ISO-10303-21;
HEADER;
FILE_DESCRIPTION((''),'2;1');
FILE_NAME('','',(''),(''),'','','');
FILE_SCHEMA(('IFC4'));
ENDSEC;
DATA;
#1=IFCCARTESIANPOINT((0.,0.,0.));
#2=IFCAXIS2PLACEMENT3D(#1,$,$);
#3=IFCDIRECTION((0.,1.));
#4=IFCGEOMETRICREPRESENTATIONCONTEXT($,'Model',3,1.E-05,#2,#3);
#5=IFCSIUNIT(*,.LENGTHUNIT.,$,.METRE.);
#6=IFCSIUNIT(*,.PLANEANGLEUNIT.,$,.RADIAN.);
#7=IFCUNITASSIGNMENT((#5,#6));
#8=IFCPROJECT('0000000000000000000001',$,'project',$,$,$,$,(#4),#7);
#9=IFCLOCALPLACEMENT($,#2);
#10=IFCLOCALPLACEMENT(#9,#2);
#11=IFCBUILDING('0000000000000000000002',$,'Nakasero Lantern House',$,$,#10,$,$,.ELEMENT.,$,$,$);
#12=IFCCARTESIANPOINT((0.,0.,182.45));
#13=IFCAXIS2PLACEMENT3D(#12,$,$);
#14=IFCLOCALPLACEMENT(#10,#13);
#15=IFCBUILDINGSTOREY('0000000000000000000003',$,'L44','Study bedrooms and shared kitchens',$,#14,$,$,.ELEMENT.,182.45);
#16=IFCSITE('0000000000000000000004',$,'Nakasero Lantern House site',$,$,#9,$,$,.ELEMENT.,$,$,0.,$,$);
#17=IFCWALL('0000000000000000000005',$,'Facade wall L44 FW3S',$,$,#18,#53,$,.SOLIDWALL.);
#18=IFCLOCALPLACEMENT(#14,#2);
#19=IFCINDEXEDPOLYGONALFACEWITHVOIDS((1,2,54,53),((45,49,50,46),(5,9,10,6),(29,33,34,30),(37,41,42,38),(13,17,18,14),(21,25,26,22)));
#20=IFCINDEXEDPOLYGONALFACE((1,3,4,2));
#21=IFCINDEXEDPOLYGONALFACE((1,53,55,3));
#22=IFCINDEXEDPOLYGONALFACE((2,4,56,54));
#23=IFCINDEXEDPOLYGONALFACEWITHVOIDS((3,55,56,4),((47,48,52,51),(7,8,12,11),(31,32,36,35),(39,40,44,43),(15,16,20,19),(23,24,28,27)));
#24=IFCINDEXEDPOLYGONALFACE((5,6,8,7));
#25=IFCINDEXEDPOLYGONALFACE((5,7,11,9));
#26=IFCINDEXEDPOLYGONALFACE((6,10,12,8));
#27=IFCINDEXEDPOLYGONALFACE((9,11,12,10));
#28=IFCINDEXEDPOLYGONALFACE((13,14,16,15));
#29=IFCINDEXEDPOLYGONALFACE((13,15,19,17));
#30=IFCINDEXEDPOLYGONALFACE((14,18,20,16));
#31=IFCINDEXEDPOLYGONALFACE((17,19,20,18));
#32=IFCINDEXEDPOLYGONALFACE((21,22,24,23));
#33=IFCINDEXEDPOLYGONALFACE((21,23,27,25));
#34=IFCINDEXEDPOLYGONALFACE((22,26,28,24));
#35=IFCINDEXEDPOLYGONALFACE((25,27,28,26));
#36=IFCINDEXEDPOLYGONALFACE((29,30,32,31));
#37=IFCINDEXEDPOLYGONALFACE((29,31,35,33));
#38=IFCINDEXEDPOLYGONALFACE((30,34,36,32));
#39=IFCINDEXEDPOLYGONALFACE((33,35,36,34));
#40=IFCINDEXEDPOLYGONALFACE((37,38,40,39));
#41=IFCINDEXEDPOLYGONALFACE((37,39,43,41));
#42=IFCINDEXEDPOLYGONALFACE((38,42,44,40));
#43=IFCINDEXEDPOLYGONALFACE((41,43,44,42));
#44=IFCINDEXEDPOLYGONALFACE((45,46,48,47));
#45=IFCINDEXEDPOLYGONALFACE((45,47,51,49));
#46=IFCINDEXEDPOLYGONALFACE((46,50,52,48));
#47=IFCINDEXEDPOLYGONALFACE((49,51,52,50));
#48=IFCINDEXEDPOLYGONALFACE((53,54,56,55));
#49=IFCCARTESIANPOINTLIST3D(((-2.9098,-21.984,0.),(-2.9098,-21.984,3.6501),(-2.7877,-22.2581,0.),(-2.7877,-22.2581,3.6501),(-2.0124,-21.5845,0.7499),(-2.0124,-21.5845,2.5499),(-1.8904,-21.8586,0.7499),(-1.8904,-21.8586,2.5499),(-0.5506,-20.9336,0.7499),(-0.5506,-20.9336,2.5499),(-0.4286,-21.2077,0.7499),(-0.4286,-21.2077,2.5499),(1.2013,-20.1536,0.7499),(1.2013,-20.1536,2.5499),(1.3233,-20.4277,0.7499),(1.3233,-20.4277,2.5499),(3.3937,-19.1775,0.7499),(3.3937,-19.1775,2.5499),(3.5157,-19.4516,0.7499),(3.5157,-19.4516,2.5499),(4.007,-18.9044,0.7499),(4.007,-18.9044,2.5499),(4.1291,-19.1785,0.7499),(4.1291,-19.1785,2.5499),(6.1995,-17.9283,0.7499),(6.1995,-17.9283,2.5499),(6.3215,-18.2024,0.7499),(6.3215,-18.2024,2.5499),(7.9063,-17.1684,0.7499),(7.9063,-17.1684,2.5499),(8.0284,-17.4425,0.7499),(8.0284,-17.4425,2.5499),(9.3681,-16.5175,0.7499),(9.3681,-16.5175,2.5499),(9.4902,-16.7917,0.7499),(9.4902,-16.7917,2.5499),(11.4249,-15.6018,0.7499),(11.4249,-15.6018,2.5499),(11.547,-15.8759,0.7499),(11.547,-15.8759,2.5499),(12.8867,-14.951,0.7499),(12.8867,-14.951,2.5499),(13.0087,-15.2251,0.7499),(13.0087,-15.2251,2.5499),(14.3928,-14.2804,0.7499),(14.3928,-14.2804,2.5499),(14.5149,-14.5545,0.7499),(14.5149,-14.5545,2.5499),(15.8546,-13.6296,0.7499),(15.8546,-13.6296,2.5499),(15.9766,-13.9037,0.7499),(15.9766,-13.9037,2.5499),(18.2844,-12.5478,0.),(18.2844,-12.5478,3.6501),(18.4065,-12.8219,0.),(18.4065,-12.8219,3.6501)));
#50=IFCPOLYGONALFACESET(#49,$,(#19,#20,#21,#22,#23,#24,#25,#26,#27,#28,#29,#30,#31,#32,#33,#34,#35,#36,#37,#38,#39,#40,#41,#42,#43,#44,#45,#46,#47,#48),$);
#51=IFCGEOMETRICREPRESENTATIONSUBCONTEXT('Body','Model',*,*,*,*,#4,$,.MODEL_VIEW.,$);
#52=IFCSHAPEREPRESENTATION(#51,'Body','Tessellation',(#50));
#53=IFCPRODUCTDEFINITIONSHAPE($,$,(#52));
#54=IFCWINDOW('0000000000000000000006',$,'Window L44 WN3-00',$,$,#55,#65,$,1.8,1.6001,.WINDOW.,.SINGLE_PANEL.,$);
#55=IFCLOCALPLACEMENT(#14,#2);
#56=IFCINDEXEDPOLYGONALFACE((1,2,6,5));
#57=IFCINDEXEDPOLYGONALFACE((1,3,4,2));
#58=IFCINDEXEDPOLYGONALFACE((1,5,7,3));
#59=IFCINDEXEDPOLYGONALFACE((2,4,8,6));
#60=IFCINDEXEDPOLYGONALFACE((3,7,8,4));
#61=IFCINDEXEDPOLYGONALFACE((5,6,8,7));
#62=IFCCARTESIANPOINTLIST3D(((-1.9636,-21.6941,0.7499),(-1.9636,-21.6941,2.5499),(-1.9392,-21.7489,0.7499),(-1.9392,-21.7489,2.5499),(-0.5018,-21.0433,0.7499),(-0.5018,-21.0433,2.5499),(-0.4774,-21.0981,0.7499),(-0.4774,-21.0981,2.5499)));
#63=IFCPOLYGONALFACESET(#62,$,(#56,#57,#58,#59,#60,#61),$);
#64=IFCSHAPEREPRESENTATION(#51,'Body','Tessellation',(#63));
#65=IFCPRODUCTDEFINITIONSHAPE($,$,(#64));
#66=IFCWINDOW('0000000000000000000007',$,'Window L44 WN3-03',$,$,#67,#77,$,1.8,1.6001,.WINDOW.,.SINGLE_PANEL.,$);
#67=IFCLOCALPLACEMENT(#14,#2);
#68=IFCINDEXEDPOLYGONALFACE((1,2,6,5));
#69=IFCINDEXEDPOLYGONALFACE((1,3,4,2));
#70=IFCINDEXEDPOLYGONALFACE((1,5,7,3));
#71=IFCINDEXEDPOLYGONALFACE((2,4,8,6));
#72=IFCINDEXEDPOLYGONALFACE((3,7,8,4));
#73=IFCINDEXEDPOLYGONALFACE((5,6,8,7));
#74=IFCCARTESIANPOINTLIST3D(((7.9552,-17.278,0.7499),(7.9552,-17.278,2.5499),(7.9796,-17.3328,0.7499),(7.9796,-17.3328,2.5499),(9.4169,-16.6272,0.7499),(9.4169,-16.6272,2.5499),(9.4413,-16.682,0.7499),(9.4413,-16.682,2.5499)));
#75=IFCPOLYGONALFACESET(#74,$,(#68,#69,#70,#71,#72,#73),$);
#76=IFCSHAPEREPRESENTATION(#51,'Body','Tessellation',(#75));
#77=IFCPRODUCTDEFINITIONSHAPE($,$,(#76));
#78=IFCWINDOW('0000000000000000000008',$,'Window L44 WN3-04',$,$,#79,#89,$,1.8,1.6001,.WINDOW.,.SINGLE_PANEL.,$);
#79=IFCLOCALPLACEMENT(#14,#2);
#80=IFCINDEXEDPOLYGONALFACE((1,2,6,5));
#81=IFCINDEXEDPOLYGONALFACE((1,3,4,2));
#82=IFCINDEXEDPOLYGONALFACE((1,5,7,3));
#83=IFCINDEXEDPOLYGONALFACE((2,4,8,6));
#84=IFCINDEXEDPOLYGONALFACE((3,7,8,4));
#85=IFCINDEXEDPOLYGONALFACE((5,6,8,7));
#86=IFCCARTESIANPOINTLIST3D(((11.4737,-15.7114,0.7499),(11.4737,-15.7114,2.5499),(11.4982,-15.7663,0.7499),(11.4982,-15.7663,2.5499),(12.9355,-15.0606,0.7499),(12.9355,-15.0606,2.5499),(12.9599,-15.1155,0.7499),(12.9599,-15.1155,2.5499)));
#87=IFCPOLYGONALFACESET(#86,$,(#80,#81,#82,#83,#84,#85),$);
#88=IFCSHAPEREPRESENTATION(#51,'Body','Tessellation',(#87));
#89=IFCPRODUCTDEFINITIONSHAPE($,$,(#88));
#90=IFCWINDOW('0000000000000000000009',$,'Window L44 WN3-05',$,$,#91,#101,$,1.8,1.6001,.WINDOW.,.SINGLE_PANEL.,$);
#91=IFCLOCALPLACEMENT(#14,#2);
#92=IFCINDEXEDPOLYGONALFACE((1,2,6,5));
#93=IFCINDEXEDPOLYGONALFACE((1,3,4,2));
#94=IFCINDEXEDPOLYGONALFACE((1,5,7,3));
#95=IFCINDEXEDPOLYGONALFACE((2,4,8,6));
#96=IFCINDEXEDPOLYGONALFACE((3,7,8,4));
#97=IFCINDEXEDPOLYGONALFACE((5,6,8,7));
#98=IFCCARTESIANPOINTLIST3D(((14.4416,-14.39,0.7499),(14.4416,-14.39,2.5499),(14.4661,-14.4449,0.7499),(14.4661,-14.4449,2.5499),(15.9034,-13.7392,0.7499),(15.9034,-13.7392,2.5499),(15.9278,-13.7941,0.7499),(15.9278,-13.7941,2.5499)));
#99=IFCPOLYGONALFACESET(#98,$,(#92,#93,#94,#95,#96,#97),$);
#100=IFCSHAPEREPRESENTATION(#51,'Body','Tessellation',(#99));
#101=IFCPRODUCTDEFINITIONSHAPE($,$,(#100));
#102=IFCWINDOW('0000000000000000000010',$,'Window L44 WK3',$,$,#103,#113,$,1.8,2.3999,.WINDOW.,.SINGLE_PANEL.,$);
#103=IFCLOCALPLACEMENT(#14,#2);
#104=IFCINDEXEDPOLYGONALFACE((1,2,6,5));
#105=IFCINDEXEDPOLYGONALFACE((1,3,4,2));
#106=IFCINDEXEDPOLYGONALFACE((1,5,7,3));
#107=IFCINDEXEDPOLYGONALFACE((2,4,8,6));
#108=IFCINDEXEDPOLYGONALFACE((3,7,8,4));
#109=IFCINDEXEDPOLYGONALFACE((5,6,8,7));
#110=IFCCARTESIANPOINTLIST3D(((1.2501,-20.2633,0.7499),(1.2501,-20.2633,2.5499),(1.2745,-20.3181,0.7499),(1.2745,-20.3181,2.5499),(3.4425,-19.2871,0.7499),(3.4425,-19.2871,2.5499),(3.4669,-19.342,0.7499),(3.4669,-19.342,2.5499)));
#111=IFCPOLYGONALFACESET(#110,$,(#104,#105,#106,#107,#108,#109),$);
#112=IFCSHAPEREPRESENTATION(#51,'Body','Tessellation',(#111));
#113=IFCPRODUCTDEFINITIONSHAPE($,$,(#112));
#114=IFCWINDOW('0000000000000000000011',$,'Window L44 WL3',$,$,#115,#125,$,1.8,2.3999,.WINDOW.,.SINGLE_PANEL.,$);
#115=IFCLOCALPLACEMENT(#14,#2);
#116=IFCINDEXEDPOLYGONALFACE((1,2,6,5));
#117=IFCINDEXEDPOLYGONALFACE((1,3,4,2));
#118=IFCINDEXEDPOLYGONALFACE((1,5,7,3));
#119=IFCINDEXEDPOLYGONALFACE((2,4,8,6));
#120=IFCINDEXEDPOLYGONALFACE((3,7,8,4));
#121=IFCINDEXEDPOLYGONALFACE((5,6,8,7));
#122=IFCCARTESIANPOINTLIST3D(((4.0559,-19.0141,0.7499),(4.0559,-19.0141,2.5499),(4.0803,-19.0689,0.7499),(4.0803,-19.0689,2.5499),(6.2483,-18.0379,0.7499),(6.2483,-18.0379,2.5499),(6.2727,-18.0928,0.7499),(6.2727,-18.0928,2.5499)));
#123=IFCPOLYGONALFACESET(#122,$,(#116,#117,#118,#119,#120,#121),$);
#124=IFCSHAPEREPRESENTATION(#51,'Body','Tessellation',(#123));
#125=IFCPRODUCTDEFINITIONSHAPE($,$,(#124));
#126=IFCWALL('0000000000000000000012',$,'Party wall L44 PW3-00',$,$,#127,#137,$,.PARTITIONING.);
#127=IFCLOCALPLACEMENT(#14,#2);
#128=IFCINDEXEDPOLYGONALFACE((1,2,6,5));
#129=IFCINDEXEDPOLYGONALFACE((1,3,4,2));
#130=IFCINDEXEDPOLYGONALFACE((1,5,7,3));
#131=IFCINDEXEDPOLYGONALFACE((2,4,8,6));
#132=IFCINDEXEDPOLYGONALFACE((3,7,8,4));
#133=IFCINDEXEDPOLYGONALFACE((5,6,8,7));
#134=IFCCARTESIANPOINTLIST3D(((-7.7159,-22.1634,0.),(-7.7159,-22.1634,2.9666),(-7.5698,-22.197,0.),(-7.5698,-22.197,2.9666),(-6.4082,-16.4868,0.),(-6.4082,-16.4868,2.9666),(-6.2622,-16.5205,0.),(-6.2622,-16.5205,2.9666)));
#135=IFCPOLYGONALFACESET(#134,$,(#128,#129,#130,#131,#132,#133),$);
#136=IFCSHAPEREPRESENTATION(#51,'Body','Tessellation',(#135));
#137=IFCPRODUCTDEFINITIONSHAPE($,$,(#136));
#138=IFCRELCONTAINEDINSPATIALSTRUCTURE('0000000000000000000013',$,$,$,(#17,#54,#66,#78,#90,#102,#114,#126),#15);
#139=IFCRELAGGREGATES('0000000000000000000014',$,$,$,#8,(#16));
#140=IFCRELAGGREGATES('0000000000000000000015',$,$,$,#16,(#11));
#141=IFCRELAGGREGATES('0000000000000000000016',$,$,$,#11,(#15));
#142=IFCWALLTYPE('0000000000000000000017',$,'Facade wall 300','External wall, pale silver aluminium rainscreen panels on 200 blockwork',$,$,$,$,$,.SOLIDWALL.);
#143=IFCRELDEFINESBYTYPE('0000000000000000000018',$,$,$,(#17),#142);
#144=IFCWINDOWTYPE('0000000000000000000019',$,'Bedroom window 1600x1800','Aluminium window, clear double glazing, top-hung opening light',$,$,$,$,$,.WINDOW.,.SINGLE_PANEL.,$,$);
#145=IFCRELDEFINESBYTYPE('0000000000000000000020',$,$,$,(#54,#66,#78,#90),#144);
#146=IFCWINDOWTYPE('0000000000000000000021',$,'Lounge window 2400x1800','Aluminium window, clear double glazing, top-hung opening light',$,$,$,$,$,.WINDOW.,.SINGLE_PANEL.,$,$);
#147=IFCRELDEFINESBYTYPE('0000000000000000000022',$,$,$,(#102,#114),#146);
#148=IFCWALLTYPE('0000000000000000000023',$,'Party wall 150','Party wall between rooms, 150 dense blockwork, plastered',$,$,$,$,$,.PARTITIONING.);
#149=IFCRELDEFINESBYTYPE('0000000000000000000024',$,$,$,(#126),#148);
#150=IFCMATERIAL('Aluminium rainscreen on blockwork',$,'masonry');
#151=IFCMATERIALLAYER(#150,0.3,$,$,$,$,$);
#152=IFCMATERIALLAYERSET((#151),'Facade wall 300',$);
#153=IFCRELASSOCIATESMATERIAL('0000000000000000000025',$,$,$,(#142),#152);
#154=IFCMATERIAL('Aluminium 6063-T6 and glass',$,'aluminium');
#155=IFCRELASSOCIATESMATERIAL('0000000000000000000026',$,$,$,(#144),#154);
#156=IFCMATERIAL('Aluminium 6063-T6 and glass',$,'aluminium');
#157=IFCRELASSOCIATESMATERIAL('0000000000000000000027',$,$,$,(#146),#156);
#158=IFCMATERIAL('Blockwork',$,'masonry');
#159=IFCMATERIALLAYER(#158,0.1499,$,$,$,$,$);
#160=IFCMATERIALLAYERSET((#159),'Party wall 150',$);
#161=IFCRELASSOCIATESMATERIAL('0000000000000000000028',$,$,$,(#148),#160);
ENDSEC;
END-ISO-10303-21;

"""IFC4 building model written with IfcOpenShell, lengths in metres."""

from ifc_helpers import new_model, si_unit, direction, frame, frame_2d, origin, place, context, subcontext, project, spatial, rectangle, extrude, material, layer, layer_set, type_object, element, fill, save


model = new_model("IFC4")

# Units and contexts
model_context = context("Model", 3, precision=1e-05, world=origin(), true_north=direction((0.0, 1.0)))
body_context = subcontext(model_context, "Body", "Model", "MODEL_VIEW")
ifc_project = project(units=[si_unit("LENGTHUNIT", "METRE"), si_unit("PLANEANGLEUNIT", "RADIAN")], contexts=[model_context])

# Site, building, storey
site_placement = place(None, origin())
site = spatial("IfcSite", under=ifc_project, at=site_placement, Name="Nakasero Lantern House site", CompositionType="ELEMENT", RefElevation=0.0)
building_placement = place(site_placement, origin())
building = spatial("IfcBuilding", under=site, at=building_placement, Name="Nakasero Lantern House", CompositionType="ELEMENT")
storey_placement = place(building_placement, frame((0.0, 0.0, 182.45)))
storey = spatial("IfcBuildingStorey", under=building, at=storey_placement, Name="L44", Description="Study bedrooms and shared kitchens", CompositionType="ELEMENT", Elevation=182.45)

# Shared definitions
ifc_material_1 = material(Name="Aluminium rainscreen on blockwork", Category="masonry")
ifc_layer_1 = layer(ifc_material_1, 0.3)
ifc_layer_set_1 = layer_set([ifc_layer_1], Name="Facade wall 300")
wall_type_1 = type_object("IfcWallType", Name="Facade wall 300", Description="External wall, pale silver aluminium rainscreen panels on 200 blockwork", PredefinedType="SOLIDWALL", material=ifc_layer_set_1)

# Wall, openings, windows
wall_1_placement = place(storey_placement, frame((-2.8489, -22.1211, 0.0), z_axis=(0.0, 0.0, 1.0), x_axis=(0.913546, 0.406735, 0.0)))
wall_1 = element("IfcWall", 1, at=wall_1_placement, inside=storey, type_object=wall_type_1, Name="Facade wall L44 FW3S", PredefinedType="SOLIDWALL", context=body_context, shape_type="SweptSolid", body=[
    extrude(rectangle(XDim=23.2, YDim=0.3, at=frame_2d((11.6001, 0.0))), origin(), (0.0, 0.0, 1.0), 3.6501),
])
opening_1_placement = place(wall_1_placement, frame((0.9824, 0.0, 0.75)))
opening_1 = element("IfcOpeningElement", 2, at=opening_1_placement, cuts=wall_1, PredefinedType="OPENING", context=body_context, shape_type="SweptSolid", body=[
    extrude(rectangle(XDim=1.6001, YDim=1.8, at=frame_2d((0.8, 0.8999))), frame((0.0, 0.1699, 0.0), z_axis=(0.0, -1.0, 0.0), x_axis=(1.0, 0.0, 0.0)), (0.0, 0.0, 1.0), 0.3401),
])
opening_2_placement = place(wall_1_placement, frame((11.8398, 0.0, 0.75)))
opening_2 = element("IfcOpeningElement", 3, at=opening_2_placement, cuts=wall_1, PredefinedType="OPENING", context=body_context, shape_type="SweptSolid", body=[
    extrude(rectangle(XDim=1.6001, YDim=1.8, at=frame_2d((0.8, 0.8999))), frame((0.0, 0.1699, 0.0), z_axis=(0.0, -1.0, 0.0), x_axis=(1.0, 0.0, 0.0)), (0.0, 0.0, 1.0), 0.3401),
])
opening_3_placement = place(wall_1_placement, frame((15.6914, 0.0, 0.75)))
opening_3 = element("IfcOpeningElement", 4, at=opening_3_placement, cuts=wall_1, PredefinedType="OPENING", context=body_context, shape_type="SweptSolid", body=[
    extrude(rectangle(XDim=1.6001, YDim=1.8, at=frame_2d((0.8, 0.8999))), frame((0.0, 0.1699, 0.0), z_axis=(0.0, -1.0, 0.0), x_axis=(1.0, 0.0, 0.0)), (0.0, 0.0, 1.0), 0.3401),
])
opening_4_placement = place(wall_1_placement, frame((18.9402, 0.0, 0.75)))
opening_4 = element("IfcOpeningElement", 5, at=opening_4_placement, cuts=wall_1, PredefinedType="OPENING", context=body_context, shape_type="SweptSolid", body=[
    extrude(rectangle(XDim=1.6001, YDim=1.8, at=frame_2d((0.8, 0.8999))), frame((0.0, 0.1699, 0.0), z_axis=(0.0, -1.0, 0.0), x_axis=(1.0, 0.0, 0.0)), (0.0, 0.0, 1.0), 0.3401),
])
opening_5_placement = place(wall_1_placement, frame((4.5002, 0.0, 0.75)))
opening_5 = element("IfcOpeningElement", 6, at=opening_5_placement, cuts=wall_1, PredefinedType="OPENING", context=body_context, shape_type="SweptSolid", body=[
    extrude(rectangle(XDim=2.3999, YDim=1.8, at=frame_2d((1.2, 0.8999))), frame((0.0, 0.1699, 0.0), z_axis=(0.0, -1.0, 0.0), x_axis=(1.0, 0.0, 0.0)), (0.0, 0.0, 1.0), 0.3401),
])
opening_6_placement = place(wall_1_placement, frame((7.5715, 0.0, 0.75)))
opening_6 = element("IfcOpeningElement", 7, at=opening_6_placement, cuts=wall_1, PredefinedType="OPENING", context=body_context, shape_type="SweptSolid", body=[
    extrude(rectangle(XDim=2.3999, YDim=1.8, at=frame_2d((1.2, 0.8999))), frame((0.0, 0.1699, 0.0), z_axis=(0.0, -1.0, 0.0), x_axis=(1.0, 0.0, 0.0)), (0.0, 0.0, 1.0), 0.3401),
])
ifc_material_2 = material(Name="Aluminium 6063-T6 and glass", Category="aluminium")
window_type_1 = type_object("IfcWindowType", Name="Bedroom window 1600x1800", Description="Aluminium window, clear double glazing, top-hung opening light", PartitioningType="SINGLE_PANEL", PredefinedType="WINDOW", material=ifc_material_2)
window_1_placement = place(opening_1_placement, origin())
window_1 = element("IfcWindow", 8, at=window_1_placement, inside=storey, type_object=window_type_1, Name="Window L44 WN3-00", OverallHeight=1.8, OverallWidth=1.6001, PartitioningType="SINGLE_PANEL", PredefinedType="WINDOW", context=body_context, shape_type="SweptSolid", body=[
    extrude(rectangle(XDim=1.6001, YDim=1.8, at=frame_2d((0.8, 0.8999))), frame((0.0, 0.03, 0.0), z_axis=(0.0, -1.0, 0.0), x_axis=(1.0, 0.0, 0.0)), (0.0, 0.0, 1.0), 0.0601),
])
fill(opening_1, window_1)
window_2_placement = place(opening_2_placement, origin())
window_2 = element("IfcWindow", 9, at=window_2_placement, inside=storey, type_object=window_type_1, Name="Window L44 WN3-03", OverallHeight=1.8, OverallWidth=1.6001, PartitioningType="SINGLE_PANEL", PredefinedType="WINDOW", context=body_context, shape_type="SweptSolid", body=[
    extrude(rectangle(XDim=1.6001, YDim=1.8, at=frame_2d((0.8, 0.8999))), frame((0.0, 0.03, 0.0), z_axis=(0.0, -1.0, 0.0), x_axis=(1.0, 0.0, 0.0)), (0.0, 0.0, 1.0), 0.0601),
])
fill(opening_2, window_2)
window_3_placement = place(opening_3_placement, origin())
window_3 = element("IfcWindow", 10, at=window_3_placement, inside=storey, type_object=window_type_1, Name="Window L44 WN3-04", OverallHeight=1.8, OverallWidth=1.6001, PartitioningType="SINGLE_PANEL", PredefinedType="WINDOW", context=body_context, shape_type="SweptSolid", body=[
    extrude(rectangle(XDim=1.6001, YDim=1.8, at=frame_2d((0.8, 0.8999))), frame((0.0, 0.03, 0.0), z_axis=(0.0, -1.0, 0.0), x_axis=(1.0, 0.0, 0.0)), (0.0, 0.0, 1.0), 0.0601),
])
fill(opening_3, window_3)
window_4_placement = place(opening_4_placement, origin())
window_4 = element("IfcWindow", 11, at=window_4_placement, inside=storey, type_object=window_type_1, Name="Window L44 WN3-05", OverallHeight=1.8, OverallWidth=1.6001, PartitioningType="SINGLE_PANEL", PredefinedType="WINDOW", context=body_context, shape_type="SweptSolid", body=[
    extrude(rectangle(XDim=1.6001, YDim=1.8, at=frame_2d((0.8, 0.8999))), frame((0.0, 0.03, 0.0), z_axis=(0.0, -1.0, 0.0), x_axis=(1.0, 0.0, 0.0)), (0.0, 0.0, 1.0), 0.0601),
])
fill(opening_4, window_4)
ifc_material_3 = material(Name="Aluminium 6063-T6 and glass", Category="aluminium")
window_type_2 = type_object("IfcWindowType", Name="Lounge window 2400x1800", Description="Aluminium window, clear double glazing, top-hung opening light", PartitioningType="SINGLE_PANEL", PredefinedType="WINDOW", material=ifc_material_3)
window_5_placement = place(opening_5_placement, origin())
window_5 = element("IfcWindow", 12, at=window_5_placement, inside=storey, type_object=window_type_2, Name="Window L44 WK3", OverallHeight=1.8, OverallWidth=2.3999, PartitioningType="SINGLE_PANEL", PredefinedType="WINDOW", context=body_context, shape_type="SweptSolid", body=[
    extrude(rectangle(XDim=2.3999, YDim=1.8, at=frame_2d((1.2, 0.8999))), frame((0.0, 0.03, 0.0), z_axis=(0.0, -1.0, 0.0), x_axis=(1.0, 0.0, 0.0)), (0.0, 0.0, 1.0), 0.0601),
])
fill(opening_5, window_5)
window_6_placement = place(opening_6_placement, origin())
window_6 = element("IfcWindow", 13, at=window_6_placement, inside=storey, type_object=window_type_2, Name="Window L44 WL3", OverallHeight=1.8, OverallWidth=2.3999, PartitioningType="SINGLE_PANEL", PredefinedType="WINDOW", context=body_context, shape_type="SweptSolid", body=[
    extrude(rectangle(XDim=2.3999, YDim=1.8, at=frame_2d((1.2, 0.8999))), frame((0.0, 0.03, 0.0), z_axis=(0.0, -1.0, 0.0), x_axis=(1.0, 0.0, 0.0)), (0.0, 0.0, 1.0), 0.0601),
])
fill(opening_6, window_6)

# Wall
ifc_material_4 = material(Name="Blockwork", Category="masonry")
ifc_layer_2 = layer(ifc_material_4, 0.1499)
ifc_layer_set_2 = layer_set([ifc_layer_2], Name="Party wall 150")
wall_type_2 = type_object("IfcWallType", Name="Party wall 150", Description="Party wall between rooms, 150 dense blockwork, plastered", PredefinedType="PARTITIONING", material=ifc_layer_set_2)
wall_2_placement = place(storey_placement, frame((-6.3352, -16.5037, 0.0), z_axis=(0.0, 0.0, 1.0), x_axis=(-0.224477, -0.974479, 0.0)))
element("IfcWall", 14, at=wall_2_placement, inside=storey, type_object=wall_type_2, Name="Party wall L44 PW3-00", PredefinedType="PARTITIONING", context=body_context, shape_type="SweptSolid", body=[
    extrude(rectangle(XDim=5.8252, YDim=0.1499, at=frame_2d((2.9126, 0.0))), origin(), (0.0, 0.0, 1.0), 2.9666),
])

save(model, "model.ifc")
